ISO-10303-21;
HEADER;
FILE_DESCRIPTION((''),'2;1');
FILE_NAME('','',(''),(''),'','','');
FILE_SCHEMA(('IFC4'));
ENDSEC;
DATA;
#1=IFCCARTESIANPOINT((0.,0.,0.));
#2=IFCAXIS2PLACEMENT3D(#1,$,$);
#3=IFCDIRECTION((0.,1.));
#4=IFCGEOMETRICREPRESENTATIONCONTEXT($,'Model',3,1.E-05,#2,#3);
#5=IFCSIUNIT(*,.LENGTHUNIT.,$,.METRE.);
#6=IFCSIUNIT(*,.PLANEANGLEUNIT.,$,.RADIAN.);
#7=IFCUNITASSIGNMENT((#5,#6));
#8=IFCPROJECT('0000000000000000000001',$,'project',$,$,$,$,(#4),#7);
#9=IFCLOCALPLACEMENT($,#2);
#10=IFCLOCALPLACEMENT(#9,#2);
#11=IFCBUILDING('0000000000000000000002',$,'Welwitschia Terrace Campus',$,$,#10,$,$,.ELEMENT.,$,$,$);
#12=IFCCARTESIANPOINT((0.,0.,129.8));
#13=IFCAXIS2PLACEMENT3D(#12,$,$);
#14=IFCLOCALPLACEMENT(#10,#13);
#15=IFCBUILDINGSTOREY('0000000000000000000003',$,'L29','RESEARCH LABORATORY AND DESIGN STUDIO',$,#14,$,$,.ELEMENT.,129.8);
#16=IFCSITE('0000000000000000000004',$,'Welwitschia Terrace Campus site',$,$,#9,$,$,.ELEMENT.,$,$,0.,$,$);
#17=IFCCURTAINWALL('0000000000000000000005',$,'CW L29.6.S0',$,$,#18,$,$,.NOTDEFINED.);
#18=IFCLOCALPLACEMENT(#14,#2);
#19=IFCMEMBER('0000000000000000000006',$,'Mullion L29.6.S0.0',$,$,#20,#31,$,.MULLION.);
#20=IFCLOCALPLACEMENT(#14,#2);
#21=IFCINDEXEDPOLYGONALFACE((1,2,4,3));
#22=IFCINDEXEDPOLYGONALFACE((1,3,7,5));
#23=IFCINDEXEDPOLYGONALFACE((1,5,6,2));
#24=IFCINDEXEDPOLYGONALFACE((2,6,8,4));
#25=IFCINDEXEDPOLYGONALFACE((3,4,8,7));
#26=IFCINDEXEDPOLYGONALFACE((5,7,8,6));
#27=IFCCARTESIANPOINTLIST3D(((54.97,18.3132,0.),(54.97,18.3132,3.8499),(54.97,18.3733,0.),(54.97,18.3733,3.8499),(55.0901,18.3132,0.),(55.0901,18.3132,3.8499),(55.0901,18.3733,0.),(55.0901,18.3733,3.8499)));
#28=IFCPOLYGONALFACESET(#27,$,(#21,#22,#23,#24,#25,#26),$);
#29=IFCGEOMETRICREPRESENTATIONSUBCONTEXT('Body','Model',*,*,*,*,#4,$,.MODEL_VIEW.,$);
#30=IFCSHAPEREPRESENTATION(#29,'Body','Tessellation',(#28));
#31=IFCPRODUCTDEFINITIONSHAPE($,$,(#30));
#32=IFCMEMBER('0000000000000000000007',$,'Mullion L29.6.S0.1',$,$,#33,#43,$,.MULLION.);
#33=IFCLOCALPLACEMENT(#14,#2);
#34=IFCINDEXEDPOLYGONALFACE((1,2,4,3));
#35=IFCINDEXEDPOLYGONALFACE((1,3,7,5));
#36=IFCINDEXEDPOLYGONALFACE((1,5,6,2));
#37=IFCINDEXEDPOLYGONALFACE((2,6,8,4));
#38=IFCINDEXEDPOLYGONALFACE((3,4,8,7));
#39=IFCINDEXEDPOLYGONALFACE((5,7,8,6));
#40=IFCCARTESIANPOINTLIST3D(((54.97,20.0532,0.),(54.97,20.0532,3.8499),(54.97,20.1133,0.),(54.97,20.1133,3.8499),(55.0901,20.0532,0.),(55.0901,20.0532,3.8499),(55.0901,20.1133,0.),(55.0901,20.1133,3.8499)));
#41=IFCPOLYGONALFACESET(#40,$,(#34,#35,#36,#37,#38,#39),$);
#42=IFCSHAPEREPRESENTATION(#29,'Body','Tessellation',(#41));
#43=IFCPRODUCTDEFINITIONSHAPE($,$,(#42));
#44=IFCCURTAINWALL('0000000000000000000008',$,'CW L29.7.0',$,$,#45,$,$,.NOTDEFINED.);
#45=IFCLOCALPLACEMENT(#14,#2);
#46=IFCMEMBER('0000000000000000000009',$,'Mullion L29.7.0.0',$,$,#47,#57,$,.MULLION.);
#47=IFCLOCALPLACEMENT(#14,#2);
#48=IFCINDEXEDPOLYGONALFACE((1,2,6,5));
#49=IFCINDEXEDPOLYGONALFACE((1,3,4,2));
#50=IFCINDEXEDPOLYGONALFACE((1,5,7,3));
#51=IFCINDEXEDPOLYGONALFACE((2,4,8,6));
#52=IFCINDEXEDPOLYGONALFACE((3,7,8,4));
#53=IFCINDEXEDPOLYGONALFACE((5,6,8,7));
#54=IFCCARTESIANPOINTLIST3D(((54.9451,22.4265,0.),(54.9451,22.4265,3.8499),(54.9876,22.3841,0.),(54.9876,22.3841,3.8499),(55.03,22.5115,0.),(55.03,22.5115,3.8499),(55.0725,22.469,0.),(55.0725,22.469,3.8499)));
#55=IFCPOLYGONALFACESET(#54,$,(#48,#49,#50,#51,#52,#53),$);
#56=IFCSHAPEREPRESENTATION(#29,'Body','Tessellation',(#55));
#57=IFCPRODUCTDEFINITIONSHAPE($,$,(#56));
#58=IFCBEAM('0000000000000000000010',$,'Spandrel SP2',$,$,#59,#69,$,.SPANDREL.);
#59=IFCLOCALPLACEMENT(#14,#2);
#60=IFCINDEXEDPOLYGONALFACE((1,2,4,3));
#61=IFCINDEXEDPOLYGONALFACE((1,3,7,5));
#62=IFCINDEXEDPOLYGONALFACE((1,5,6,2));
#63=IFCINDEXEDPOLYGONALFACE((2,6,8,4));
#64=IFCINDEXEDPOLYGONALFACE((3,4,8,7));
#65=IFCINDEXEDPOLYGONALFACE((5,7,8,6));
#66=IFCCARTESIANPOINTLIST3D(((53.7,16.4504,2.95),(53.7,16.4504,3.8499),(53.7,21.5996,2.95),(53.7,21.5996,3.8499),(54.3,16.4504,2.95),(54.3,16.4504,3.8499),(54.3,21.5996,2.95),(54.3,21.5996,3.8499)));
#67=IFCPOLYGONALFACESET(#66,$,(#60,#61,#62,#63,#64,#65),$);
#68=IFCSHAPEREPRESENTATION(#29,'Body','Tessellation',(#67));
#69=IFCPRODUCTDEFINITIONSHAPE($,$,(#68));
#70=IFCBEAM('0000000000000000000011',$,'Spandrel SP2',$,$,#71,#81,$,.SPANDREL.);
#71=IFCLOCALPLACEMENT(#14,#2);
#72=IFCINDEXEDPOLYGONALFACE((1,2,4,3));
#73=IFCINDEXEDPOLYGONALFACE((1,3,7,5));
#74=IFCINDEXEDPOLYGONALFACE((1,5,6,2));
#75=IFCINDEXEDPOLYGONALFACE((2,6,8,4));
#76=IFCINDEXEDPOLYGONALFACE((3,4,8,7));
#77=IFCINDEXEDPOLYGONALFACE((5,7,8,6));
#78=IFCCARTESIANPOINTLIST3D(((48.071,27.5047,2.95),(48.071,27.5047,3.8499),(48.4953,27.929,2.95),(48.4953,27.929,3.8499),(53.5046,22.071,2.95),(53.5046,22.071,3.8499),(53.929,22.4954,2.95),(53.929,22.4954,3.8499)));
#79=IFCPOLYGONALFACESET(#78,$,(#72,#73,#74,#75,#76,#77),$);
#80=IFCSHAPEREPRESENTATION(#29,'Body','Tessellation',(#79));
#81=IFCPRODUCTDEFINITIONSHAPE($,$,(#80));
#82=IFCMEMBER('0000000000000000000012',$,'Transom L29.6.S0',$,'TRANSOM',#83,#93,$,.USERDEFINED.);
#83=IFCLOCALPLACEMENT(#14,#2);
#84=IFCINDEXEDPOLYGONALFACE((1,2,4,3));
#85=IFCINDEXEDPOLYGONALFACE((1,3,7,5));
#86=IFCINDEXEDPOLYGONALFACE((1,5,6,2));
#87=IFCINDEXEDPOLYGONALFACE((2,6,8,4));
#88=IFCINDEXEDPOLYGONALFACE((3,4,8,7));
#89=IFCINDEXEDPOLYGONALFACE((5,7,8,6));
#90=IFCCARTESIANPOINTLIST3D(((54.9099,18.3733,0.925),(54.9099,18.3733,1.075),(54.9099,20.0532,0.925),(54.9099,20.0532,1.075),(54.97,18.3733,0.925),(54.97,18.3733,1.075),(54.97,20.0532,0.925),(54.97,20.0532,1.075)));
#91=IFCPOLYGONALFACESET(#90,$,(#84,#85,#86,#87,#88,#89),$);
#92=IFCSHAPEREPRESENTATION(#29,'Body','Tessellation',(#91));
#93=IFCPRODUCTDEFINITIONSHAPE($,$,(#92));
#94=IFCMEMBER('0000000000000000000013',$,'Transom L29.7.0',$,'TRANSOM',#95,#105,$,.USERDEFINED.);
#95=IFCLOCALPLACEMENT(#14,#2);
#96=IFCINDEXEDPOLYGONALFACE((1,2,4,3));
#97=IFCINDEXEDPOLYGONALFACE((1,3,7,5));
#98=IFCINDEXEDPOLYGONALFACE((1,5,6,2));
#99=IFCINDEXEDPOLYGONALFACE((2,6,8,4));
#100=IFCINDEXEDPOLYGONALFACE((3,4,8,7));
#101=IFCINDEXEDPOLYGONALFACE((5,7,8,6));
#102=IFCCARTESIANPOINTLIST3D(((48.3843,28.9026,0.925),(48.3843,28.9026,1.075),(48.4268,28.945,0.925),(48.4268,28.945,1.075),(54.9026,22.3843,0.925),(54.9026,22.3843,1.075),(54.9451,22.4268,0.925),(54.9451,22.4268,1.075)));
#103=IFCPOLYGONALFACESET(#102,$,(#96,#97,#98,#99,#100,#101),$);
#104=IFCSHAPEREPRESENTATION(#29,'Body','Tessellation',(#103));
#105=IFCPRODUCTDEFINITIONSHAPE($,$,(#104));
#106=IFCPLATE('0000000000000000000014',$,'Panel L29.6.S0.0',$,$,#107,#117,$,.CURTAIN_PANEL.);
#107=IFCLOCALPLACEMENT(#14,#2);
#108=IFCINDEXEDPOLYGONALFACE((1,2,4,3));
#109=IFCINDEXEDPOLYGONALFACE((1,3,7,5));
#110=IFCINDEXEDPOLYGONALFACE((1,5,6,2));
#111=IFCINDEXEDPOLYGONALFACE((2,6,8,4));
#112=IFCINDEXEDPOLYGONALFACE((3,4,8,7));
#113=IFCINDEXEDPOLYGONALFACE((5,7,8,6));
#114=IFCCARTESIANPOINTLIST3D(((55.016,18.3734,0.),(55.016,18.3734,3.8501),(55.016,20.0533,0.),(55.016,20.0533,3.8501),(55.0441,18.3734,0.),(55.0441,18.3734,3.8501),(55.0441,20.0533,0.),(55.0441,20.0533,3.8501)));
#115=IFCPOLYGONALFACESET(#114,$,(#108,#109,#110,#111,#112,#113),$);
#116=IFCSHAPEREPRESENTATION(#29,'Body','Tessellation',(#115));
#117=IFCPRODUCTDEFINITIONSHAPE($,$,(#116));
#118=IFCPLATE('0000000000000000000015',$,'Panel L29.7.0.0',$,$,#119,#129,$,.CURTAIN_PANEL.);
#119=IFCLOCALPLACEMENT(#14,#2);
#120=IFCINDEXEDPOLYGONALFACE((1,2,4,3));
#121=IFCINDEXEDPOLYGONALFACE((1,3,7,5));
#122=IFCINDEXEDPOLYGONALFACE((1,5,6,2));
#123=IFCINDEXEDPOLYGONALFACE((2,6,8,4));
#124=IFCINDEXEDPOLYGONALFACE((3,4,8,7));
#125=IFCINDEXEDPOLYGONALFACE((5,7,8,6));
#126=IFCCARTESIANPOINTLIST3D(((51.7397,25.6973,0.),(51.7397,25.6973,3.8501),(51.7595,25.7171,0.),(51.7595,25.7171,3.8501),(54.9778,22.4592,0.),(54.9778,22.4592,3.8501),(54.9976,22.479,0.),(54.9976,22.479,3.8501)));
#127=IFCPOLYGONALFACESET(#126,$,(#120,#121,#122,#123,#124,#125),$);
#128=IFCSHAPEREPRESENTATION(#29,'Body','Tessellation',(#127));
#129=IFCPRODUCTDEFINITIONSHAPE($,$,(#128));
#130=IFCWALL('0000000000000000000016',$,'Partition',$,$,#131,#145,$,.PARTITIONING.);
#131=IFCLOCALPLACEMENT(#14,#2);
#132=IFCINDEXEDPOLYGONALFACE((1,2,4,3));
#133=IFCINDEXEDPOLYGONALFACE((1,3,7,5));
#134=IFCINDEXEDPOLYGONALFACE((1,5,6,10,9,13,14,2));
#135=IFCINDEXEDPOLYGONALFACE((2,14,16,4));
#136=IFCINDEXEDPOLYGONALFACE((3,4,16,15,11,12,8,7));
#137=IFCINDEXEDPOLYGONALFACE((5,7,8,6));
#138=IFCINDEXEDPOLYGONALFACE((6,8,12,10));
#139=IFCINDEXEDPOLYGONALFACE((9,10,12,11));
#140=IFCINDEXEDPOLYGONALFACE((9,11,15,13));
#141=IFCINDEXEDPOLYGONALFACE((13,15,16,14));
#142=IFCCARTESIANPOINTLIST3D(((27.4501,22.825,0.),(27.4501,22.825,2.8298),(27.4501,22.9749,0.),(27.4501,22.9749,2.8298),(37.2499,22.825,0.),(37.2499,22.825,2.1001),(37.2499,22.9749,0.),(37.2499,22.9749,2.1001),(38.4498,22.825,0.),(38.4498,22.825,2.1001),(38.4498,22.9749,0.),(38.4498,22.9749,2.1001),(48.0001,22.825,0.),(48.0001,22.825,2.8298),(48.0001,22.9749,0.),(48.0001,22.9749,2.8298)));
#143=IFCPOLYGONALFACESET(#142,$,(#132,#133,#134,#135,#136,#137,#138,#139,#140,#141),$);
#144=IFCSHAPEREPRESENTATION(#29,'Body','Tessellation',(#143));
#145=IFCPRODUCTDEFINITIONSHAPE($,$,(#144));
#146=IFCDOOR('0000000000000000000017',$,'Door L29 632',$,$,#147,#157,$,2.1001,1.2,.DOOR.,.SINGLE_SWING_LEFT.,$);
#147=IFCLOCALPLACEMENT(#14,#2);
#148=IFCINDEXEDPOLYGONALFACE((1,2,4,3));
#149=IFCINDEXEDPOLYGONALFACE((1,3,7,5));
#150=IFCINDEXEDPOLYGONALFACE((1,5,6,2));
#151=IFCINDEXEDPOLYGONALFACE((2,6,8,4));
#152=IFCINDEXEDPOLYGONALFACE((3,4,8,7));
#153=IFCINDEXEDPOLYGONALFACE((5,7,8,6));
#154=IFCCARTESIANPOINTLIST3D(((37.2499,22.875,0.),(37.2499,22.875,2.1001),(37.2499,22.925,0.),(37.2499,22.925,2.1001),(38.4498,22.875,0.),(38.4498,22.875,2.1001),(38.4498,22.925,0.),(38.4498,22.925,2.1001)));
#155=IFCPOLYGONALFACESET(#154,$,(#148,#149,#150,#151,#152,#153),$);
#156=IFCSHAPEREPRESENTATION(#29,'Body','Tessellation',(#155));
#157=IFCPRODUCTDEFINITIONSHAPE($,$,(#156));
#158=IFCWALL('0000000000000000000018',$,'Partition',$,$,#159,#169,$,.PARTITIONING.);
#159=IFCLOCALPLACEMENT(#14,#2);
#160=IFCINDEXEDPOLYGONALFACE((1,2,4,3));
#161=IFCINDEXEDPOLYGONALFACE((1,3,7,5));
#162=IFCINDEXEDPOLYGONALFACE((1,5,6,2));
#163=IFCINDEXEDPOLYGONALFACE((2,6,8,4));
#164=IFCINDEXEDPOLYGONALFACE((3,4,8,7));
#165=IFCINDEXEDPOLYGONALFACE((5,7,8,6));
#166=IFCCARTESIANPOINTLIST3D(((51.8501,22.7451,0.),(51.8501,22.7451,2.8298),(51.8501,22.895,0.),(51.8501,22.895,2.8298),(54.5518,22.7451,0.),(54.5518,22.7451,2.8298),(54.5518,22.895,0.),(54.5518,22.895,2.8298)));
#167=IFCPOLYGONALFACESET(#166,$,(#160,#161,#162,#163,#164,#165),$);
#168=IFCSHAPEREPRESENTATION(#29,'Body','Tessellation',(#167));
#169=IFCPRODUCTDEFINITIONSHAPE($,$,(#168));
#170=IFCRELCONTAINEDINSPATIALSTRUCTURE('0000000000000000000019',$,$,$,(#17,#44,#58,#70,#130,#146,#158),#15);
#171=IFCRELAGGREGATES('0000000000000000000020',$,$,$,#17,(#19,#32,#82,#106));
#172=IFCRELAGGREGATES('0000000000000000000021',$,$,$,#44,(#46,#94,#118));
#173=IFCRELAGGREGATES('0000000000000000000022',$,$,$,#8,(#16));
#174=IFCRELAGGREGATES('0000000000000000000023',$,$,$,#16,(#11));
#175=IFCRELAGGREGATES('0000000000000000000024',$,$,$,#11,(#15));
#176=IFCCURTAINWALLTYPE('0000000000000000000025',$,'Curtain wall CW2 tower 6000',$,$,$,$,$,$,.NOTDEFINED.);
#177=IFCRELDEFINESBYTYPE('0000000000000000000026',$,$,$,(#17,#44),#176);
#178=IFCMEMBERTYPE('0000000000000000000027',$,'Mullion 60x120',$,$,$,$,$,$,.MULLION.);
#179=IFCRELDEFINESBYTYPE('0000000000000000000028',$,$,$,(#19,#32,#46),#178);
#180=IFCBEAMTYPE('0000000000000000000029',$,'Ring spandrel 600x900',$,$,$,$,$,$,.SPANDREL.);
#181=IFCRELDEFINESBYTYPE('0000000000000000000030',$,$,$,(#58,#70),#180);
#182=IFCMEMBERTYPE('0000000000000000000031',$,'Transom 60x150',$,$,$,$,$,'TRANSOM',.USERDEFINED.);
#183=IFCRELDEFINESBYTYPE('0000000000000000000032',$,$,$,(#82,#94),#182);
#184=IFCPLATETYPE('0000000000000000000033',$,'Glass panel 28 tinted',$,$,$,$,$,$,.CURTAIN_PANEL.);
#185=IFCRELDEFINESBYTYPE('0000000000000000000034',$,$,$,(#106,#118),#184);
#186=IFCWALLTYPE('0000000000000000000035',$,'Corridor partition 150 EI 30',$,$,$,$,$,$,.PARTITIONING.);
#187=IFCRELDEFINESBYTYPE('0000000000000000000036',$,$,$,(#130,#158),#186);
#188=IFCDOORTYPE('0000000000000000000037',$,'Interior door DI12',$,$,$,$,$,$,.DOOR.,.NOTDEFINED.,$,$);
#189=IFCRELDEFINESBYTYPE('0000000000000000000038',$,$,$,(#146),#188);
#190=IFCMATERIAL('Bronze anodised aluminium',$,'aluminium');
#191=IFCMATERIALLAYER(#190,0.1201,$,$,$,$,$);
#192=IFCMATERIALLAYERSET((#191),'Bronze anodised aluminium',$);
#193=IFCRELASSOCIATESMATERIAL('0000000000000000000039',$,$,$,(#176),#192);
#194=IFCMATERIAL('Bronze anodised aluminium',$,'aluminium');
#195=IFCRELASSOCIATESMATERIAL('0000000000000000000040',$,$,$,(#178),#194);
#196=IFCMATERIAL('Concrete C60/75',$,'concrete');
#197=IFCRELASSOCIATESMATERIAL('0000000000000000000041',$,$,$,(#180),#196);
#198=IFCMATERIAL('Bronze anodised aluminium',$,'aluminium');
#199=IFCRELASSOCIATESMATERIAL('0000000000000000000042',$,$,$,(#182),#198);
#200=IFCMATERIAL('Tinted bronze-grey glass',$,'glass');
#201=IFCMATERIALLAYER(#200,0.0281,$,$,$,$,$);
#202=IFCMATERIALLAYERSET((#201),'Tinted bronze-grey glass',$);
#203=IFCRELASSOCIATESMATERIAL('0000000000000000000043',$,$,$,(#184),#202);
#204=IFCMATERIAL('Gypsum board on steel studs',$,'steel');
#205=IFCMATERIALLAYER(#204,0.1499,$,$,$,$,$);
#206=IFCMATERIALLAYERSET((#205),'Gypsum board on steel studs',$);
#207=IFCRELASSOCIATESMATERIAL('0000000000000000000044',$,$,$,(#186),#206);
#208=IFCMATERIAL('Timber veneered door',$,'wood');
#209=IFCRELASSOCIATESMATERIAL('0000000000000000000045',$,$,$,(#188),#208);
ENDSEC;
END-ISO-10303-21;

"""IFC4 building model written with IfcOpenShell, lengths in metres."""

from ifc_helpers import new_model, si_unit, direction, frame, frame_2d, origin, origin_2d, place, context, subcontext, project, spatial, rectangle, extrude, material, layer, layer_set, material_profile, profile_set, type_object, element, fill, aggregate, save


model = new_model("IFC4")

# Units and contexts
model_context = context("Model", 3, precision=1e-05, world=origin(), true_north=direction((0.0, 1.0)))
body_context = subcontext(model_context, "Body", "Model", "MODEL_VIEW")
ifc_project = project(units=[si_unit("LENGTHUNIT", "METRE"), si_unit("PLANEANGLEUNIT", "RADIAN")], contexts=[model_context])

# Site, building, storey
site_placement = place(None, origin())
site = spatial("IfcSite", under=ifc_project, at=site_placement, Name="Welwitschia Terrace Campus site", CompositionType="ELEMENT", RefElevation=0.0)
building_placement = place(site_placement, origin())
building = spatial("IfcBuilding", under=site, at=building_placement, Name="Welwitschia Terrace Campus", CompositionType="ELEMENT")
storey_placement = place(building_placement, frame((0.0, 0.0, 129.8)))
storey = spatial("IfcBuildingStorey", under=building, at=storey_placement, Name="L29", Description="RESEARCH LABORATORY AND DESIGN STUDIO", CompositionType="ELEMENT", Elevation=129.8)

# Curtain wall, members
ifc_material_1 = material(Name="Bronze anodised aluminium", Category="aluminium")
ifc_layer_1 = layer(ifc_material_1, 0.1201)
ifc_layer_set_1 = layer_set([ifc_layer_1], Name="Bronze anodised aluminium")
curtain_wall_type = type_object("IfcCurtainWallType", Name="Curtain wall CW2 tower 6000", PredefinedType="NOTDEFINED", material=ifc_layer_set_1)
curtain_wall_1_placement = place(storey_placement, origin())
curtain_wall_1 = element("IfcCurtainWall", 1, at=curtain_wall_1_placement, inside=storey, type_object=curtain_wall_type, Name="CW L29.6.S0", PredefinedType="NOTDEFINED")
ifc_material_2 = material(Name="Bronze anodised aluminium", Category="aluminium")
ifc_material_profile_1 = material_profile(ifc_material_2, rectangle(XDim=0.1201, YDim=0.0601, at=origin_2d()))
ifc_profile_set_1 = profile_set([ifc_material_profile_1], Name="Bronze anodised aluminium")
member_type_1 = type_object("IfcMemberType", Name="Mullion 60x120", PredefinedType="MULLION", material=ifc_profile_set_1)
member_1_placement = place(storey_placement, frame((55.03, 18.3433, 0.0), z_axis=(0.0, 0.0, 1.0), x_axis=(-1.0, 0.0, 0.0)))
member_1 = element("IfcMember", 2, at=member_1_placement, type_object=member_type_1, Name="Mullion L29.6.S0.0", PredefinedType="MULLION", context=body_context, shape_type="SweptSolid", body=[
    extrude(rectangle(XDim=0.1201, YDim=0.0601, at=origin_2d()), origin(), (0.0, 0.0, 1.0), 3.8499),
])
member_2_placement = place(storey_placement, frame((55.03, 20.0833, 0.0), z_axis=(0.0, 0.0, 1.0), x_axis=(-1.0, 0.0, 0.0)))
member_2 = element("IfcMember", 3, at=member_2_placement, type_object=member_type_1, Name="Mullion L29.6.S0.1", PredefinedType="MULLION", context=body_context, shape_type="SweptSolid", body=[
    extrude(rectangle(XDim=0.1201, YDim=0.0601, at=origin_2d()), origin(), (0.0, 0.0, 1.0), 3.8499),
])

# Curtain wall, member
curtain_wall_2_placement = place(storey_placement, origin())
curtain_wall_2 = element("IfcCurtainWall", 4, at=curtain_wall_2_placement, inside=storey, type_object=curtain_wall_type, Name="CW L29.7.0", PredefinedType="NOTDEFINED")
member_3_placement = place(storey_placement, frame((55.0088, 22.4478, 0.0), z_axis=(0.0, 0.0, 1.0), x_axis=(-0.707107, -0.707107, 0.0)))
member_3 = element("IfcMember", 5, at=member_3_placement, type_object=member_type_1, Name="Mullion L29.7.0.0", PredefinedType="MULLION", context=body_context, shape_type="SweptSolid", body=[
    extrude(rectangle(XDim=0.1201, YDim=0.0601, at=origin_2d()), origin(), (0.0, 0.0, 1.0), 3.8499),
])

# Beams
ifc_material_3 = material(Name="Concrete C60/75", Category="concrete")
ifc_material_profile_2 = material_profile(ifc_material_3, rectangle(XDim=0.6001, YDim=0.8999, at=origin_2d()))
ifc_profile_set_2 = profile_set([ifc_material_profile_2], Name="Concrete C60/75")
beam_type_1 = type_object("IfcBeamType", Name="Ring spandrel 600x900", PredefinedType="SPANDREL", material=ifc_profile_set_2)
beam_1_placement = place(storey_placement, frame((54.0, 16.4504, 3.3999), z_axis=(0.0, 1.0, 0.0), x_axis=(-1.0, 0.0, 0.0)))
element("IfcBeam", 6, at=beam_1_placement, inside=storey, type_object=beam_type_1, Name="Spandrel SP2", PredefinedType="SPANDREL", context=body_context, shape_type="SweptSolid", body=[
    extrude(rectangle(XDim=0.6001, YDim=0.8999, at=origin_2d()), origin(), (0.0, 0.0, 1.0), 5.1492),
])
beam_2_placement = place(storey_placement, frame((53.7168, 22.2832, 3.3999), z_axis=(-0.707107, 0.707107, 0.0), x_axis=(-0.707107, -0.707107, 0.0)))
element("IfcBeam", 7, at=beam_2_placement, inside=storey, type_object=beam_type_1, Name="Spandrel SP2", PredefinedType="SPANDREL", context=body_context, shape_type="SweptSolid", body=[
    extrude(rectangle(XDim=0.6001, YDim=0.8999, at=origin_2d()), origin(), (0.0, 0.0, 1.0), 7.6843),
])

# Members
ifc_material_4 = material(Name="Bronze anodised aluminium", Category="aluminium")
ifc_material_profile_3 = material_profile(ifc_material_4, rectangle(XDim=0.0601, YDim=0.1499, at=origin_2d()))
ifc_profile_set_3 = profile_set([ifc_material_profile_3], Name="Bronze anodised aluminium")
member_type_2 = type_object("IfcMemberType", Name="Transom 60x150", ElementType="TRANSOM", PredefinedType="USERDEFINED", material=ifc_profile_set_3)
member_4_placement = place(storey_placement, frame((54.9399, 18.3733, 1.0), z_axis=(0.0, 1.0, 0.0), x_axis=(-1.0, 0.0, 0.0)))
member_4 = element("IfcMember", 8, at=member_4_placement, type_object=member_type_2, Name="Transom L29.6.S0", ObjectType="TRANSOM", PredefinedType="USERDEFINED", context=body_context, shape_type="SweptSolid", body=[
    extrude(rectangle(XDim=0.0601, YDim=0.1499, at=origin_2d()), origin(), (0.0, 0.0, 1.0), 1.6799),
])
member_5_placement = place(storey_placement, frame((54.9238, 22.4055, 1.0), z_axis=(-0.707107, 0.707107, 0.0), x_axis=(-0.707107, -0.707107, 0.0)))
member_5 = element("IfcMember", 9, at=member_5_placement, type_object=member_type_2, Name="Transom L29.7.0", ObjectType="TRANSOM", PredefinedType="USERDEFINED", context=body_context, shape_type="SweptSolid", body=[
    extrude(rectangle(XDim=0.0601, YDim=0.1499, at=origin_2d()), origin(), (0.0, 0.0, 1.0), 9.2183),
])

# Plates
ifc_material_5 = material(Name="Tinted bronze-grey glass", Category="glass")
ifc_layer_2 = layer(ifc_material_5, 0.0281)
ifc_layer_set_2 = layer_set([ifc_layer_2], Name="Tinted bronze-grey glass")
plate_type = type_object("IfcPlateType", Name="Glass panel 28 tinted", PredefinedType="CURTAIN_PANEL", material=ifc_layer_set_2)
plate_1_placement = place(storey_placement, frame((55.03, 19.2134, 0.0), z_axis=(0.0, 0.0, 1.0), x_axis=(0.0, 1.0, 0.0)))
plate_1 = element("IfcPlate", 10, at=plate_1_placement, type_object=plate_type, Name="Panel L29.6.S0.0", PredefinedType="CURTAIN_PANEL", context=body_context, shape_type="SweptSolid", body=[
    extrude(rectangle(XDim=1.6799, YDim=0.0281, at=origin_2d()), origin(), (0.0, 0.0, 1.0), 3.8501),
])
aggregate(curtain_wall_1, [member_1, member_2, member_4, plate_1])
plate_2_placement = place(storey_placement, frame((53.3687, 24.0881, 0.0), z_axis=(0.0, 0.0, 1.0), x_axis=(-0.707107, 0.707107, 0.0)))
plate_2 = element("IfcPlate", 11, at=plate_2_placement, type_object=plate_type, Name="Panel L29.7.0.0", PredefinedType="CURTAIN_PANEL", context=body_context, shape_type="SweptSolid", body=[
    extrude(rectangle(XDim=4.5793, YDim=0.0281, at=origin_2d()), origin(), (0.0, 0.0, 1.0), 3.8501),
])
aggregate(curtain_wall_2, [member_3, member_5, plate_2])

# Wall, opening, door
ifc_material_6 = material(Name="Gypsum board on steel studs", Category="steel")
ifc_layer_3 = layer(ifc_material_6, 0.1499)
ifc_layer_set_3 = layer_set([ifc_layer_3], Name="Gypsum board on steel studs")
wall_type_1 = type_object("IfcWallType", Name="Corridor partition 150 EI 30", PredefinedType="PARTITIONING", material=ifc_layer_set_3)
wall_1_placement = place(storey_placement, frame((48.0, 22.8999, 0.0), z_axis=(0.0, 0.0, 1.0), x_axis=(-1.0, 0.0, 0.0)))
wall_1 = element("IfcWall", 12, at=wall_1_placement, inside=storey, type_object=wall_type_1, Name="Partition", PredefinedType="PARTITIONING", context=body_context, shape_type="SweptSolid", body=[
    extrude(rectangle(XDim=20.55, YDim=0.1499, at=frame_2d((10.2749, 0.0))), origin(), (0.0, 0.0, 1.0), 2.8298),
])
opening_1_placement = place(wall_1_placement, frame((9.55, 0.0, 0.0)))
opening_1 = element("IfcOpeningElement", 13, at=opening_1_placement, cuts=wall_1, PredefinedType="OPENING", context=body_context, shape_type="SweptSolid", body=[
    extrude(rectangle(XDim=1.2, YDim=2.1001, at=frame_2d((0.6001, 1.05))), frame((0.0, 0.085, 0.0), z_axis=(0.0, -1.0, 0.0), x_axis=(1.0, 0.0, 0.0)), (0.0, 0.0, 1.0), 0.1699),
])
ifc_material_7 = material(Name="Timber veneered door", Category="wood")
door_type = type_object("IfcDoorType", Name="Interior door DI12", OperationType="NOTDEFINED", PredefinedType="DOOR", material=ifc_material_7)
door_1_placement = place(opening_1_placement, origin())
door_1 = element("IfcDoor", 14, at=door_1_placement, inside=storey, type_object=door_type, Name="Door L29 632", OperationType="SINGLE_SWING_LEFT", OverallHeight=2.1001, OverallWidth=1.2, PredefinedType="DOOR", context=body_context, shape_type="SweptSolid", body=[
    extrude(rectangle(XDim=1.2, YDim=2.1001, at=frame_2d((0.6001, 1.05))), frame((0.0, 0.0249, 0.0), z_axis=(0.0, -1.0, 0.0), x_axis=(1.0, 0.0, 0.0)), (0.0, 0.0, 1.0), 0.05),
])
fill(opening_1, door_1)

# Wall
wall_2_placement = place(storey_placement, frame((51.8501, 22.8201, 0.0), z_axis=(0.0, 0.0, 1.0), x_axis=(1.0, 0.0, 0.0)))
element("IfcWall", 15, at=wall_2_placement, inside=storey, type_object=wall_type_1, Name="Partition", PredefinedType="PARTITIONING", context=body_context, shape_type="SweptSolid", body=[
    extrude(rectangle(XDim=2.7017, YDim=0.1499, at=frame_2d((1.3508, 0.0))), origin(), (0.0, 0.0, 1.0), 2.8298),
])

save(model, "model.ifc")
